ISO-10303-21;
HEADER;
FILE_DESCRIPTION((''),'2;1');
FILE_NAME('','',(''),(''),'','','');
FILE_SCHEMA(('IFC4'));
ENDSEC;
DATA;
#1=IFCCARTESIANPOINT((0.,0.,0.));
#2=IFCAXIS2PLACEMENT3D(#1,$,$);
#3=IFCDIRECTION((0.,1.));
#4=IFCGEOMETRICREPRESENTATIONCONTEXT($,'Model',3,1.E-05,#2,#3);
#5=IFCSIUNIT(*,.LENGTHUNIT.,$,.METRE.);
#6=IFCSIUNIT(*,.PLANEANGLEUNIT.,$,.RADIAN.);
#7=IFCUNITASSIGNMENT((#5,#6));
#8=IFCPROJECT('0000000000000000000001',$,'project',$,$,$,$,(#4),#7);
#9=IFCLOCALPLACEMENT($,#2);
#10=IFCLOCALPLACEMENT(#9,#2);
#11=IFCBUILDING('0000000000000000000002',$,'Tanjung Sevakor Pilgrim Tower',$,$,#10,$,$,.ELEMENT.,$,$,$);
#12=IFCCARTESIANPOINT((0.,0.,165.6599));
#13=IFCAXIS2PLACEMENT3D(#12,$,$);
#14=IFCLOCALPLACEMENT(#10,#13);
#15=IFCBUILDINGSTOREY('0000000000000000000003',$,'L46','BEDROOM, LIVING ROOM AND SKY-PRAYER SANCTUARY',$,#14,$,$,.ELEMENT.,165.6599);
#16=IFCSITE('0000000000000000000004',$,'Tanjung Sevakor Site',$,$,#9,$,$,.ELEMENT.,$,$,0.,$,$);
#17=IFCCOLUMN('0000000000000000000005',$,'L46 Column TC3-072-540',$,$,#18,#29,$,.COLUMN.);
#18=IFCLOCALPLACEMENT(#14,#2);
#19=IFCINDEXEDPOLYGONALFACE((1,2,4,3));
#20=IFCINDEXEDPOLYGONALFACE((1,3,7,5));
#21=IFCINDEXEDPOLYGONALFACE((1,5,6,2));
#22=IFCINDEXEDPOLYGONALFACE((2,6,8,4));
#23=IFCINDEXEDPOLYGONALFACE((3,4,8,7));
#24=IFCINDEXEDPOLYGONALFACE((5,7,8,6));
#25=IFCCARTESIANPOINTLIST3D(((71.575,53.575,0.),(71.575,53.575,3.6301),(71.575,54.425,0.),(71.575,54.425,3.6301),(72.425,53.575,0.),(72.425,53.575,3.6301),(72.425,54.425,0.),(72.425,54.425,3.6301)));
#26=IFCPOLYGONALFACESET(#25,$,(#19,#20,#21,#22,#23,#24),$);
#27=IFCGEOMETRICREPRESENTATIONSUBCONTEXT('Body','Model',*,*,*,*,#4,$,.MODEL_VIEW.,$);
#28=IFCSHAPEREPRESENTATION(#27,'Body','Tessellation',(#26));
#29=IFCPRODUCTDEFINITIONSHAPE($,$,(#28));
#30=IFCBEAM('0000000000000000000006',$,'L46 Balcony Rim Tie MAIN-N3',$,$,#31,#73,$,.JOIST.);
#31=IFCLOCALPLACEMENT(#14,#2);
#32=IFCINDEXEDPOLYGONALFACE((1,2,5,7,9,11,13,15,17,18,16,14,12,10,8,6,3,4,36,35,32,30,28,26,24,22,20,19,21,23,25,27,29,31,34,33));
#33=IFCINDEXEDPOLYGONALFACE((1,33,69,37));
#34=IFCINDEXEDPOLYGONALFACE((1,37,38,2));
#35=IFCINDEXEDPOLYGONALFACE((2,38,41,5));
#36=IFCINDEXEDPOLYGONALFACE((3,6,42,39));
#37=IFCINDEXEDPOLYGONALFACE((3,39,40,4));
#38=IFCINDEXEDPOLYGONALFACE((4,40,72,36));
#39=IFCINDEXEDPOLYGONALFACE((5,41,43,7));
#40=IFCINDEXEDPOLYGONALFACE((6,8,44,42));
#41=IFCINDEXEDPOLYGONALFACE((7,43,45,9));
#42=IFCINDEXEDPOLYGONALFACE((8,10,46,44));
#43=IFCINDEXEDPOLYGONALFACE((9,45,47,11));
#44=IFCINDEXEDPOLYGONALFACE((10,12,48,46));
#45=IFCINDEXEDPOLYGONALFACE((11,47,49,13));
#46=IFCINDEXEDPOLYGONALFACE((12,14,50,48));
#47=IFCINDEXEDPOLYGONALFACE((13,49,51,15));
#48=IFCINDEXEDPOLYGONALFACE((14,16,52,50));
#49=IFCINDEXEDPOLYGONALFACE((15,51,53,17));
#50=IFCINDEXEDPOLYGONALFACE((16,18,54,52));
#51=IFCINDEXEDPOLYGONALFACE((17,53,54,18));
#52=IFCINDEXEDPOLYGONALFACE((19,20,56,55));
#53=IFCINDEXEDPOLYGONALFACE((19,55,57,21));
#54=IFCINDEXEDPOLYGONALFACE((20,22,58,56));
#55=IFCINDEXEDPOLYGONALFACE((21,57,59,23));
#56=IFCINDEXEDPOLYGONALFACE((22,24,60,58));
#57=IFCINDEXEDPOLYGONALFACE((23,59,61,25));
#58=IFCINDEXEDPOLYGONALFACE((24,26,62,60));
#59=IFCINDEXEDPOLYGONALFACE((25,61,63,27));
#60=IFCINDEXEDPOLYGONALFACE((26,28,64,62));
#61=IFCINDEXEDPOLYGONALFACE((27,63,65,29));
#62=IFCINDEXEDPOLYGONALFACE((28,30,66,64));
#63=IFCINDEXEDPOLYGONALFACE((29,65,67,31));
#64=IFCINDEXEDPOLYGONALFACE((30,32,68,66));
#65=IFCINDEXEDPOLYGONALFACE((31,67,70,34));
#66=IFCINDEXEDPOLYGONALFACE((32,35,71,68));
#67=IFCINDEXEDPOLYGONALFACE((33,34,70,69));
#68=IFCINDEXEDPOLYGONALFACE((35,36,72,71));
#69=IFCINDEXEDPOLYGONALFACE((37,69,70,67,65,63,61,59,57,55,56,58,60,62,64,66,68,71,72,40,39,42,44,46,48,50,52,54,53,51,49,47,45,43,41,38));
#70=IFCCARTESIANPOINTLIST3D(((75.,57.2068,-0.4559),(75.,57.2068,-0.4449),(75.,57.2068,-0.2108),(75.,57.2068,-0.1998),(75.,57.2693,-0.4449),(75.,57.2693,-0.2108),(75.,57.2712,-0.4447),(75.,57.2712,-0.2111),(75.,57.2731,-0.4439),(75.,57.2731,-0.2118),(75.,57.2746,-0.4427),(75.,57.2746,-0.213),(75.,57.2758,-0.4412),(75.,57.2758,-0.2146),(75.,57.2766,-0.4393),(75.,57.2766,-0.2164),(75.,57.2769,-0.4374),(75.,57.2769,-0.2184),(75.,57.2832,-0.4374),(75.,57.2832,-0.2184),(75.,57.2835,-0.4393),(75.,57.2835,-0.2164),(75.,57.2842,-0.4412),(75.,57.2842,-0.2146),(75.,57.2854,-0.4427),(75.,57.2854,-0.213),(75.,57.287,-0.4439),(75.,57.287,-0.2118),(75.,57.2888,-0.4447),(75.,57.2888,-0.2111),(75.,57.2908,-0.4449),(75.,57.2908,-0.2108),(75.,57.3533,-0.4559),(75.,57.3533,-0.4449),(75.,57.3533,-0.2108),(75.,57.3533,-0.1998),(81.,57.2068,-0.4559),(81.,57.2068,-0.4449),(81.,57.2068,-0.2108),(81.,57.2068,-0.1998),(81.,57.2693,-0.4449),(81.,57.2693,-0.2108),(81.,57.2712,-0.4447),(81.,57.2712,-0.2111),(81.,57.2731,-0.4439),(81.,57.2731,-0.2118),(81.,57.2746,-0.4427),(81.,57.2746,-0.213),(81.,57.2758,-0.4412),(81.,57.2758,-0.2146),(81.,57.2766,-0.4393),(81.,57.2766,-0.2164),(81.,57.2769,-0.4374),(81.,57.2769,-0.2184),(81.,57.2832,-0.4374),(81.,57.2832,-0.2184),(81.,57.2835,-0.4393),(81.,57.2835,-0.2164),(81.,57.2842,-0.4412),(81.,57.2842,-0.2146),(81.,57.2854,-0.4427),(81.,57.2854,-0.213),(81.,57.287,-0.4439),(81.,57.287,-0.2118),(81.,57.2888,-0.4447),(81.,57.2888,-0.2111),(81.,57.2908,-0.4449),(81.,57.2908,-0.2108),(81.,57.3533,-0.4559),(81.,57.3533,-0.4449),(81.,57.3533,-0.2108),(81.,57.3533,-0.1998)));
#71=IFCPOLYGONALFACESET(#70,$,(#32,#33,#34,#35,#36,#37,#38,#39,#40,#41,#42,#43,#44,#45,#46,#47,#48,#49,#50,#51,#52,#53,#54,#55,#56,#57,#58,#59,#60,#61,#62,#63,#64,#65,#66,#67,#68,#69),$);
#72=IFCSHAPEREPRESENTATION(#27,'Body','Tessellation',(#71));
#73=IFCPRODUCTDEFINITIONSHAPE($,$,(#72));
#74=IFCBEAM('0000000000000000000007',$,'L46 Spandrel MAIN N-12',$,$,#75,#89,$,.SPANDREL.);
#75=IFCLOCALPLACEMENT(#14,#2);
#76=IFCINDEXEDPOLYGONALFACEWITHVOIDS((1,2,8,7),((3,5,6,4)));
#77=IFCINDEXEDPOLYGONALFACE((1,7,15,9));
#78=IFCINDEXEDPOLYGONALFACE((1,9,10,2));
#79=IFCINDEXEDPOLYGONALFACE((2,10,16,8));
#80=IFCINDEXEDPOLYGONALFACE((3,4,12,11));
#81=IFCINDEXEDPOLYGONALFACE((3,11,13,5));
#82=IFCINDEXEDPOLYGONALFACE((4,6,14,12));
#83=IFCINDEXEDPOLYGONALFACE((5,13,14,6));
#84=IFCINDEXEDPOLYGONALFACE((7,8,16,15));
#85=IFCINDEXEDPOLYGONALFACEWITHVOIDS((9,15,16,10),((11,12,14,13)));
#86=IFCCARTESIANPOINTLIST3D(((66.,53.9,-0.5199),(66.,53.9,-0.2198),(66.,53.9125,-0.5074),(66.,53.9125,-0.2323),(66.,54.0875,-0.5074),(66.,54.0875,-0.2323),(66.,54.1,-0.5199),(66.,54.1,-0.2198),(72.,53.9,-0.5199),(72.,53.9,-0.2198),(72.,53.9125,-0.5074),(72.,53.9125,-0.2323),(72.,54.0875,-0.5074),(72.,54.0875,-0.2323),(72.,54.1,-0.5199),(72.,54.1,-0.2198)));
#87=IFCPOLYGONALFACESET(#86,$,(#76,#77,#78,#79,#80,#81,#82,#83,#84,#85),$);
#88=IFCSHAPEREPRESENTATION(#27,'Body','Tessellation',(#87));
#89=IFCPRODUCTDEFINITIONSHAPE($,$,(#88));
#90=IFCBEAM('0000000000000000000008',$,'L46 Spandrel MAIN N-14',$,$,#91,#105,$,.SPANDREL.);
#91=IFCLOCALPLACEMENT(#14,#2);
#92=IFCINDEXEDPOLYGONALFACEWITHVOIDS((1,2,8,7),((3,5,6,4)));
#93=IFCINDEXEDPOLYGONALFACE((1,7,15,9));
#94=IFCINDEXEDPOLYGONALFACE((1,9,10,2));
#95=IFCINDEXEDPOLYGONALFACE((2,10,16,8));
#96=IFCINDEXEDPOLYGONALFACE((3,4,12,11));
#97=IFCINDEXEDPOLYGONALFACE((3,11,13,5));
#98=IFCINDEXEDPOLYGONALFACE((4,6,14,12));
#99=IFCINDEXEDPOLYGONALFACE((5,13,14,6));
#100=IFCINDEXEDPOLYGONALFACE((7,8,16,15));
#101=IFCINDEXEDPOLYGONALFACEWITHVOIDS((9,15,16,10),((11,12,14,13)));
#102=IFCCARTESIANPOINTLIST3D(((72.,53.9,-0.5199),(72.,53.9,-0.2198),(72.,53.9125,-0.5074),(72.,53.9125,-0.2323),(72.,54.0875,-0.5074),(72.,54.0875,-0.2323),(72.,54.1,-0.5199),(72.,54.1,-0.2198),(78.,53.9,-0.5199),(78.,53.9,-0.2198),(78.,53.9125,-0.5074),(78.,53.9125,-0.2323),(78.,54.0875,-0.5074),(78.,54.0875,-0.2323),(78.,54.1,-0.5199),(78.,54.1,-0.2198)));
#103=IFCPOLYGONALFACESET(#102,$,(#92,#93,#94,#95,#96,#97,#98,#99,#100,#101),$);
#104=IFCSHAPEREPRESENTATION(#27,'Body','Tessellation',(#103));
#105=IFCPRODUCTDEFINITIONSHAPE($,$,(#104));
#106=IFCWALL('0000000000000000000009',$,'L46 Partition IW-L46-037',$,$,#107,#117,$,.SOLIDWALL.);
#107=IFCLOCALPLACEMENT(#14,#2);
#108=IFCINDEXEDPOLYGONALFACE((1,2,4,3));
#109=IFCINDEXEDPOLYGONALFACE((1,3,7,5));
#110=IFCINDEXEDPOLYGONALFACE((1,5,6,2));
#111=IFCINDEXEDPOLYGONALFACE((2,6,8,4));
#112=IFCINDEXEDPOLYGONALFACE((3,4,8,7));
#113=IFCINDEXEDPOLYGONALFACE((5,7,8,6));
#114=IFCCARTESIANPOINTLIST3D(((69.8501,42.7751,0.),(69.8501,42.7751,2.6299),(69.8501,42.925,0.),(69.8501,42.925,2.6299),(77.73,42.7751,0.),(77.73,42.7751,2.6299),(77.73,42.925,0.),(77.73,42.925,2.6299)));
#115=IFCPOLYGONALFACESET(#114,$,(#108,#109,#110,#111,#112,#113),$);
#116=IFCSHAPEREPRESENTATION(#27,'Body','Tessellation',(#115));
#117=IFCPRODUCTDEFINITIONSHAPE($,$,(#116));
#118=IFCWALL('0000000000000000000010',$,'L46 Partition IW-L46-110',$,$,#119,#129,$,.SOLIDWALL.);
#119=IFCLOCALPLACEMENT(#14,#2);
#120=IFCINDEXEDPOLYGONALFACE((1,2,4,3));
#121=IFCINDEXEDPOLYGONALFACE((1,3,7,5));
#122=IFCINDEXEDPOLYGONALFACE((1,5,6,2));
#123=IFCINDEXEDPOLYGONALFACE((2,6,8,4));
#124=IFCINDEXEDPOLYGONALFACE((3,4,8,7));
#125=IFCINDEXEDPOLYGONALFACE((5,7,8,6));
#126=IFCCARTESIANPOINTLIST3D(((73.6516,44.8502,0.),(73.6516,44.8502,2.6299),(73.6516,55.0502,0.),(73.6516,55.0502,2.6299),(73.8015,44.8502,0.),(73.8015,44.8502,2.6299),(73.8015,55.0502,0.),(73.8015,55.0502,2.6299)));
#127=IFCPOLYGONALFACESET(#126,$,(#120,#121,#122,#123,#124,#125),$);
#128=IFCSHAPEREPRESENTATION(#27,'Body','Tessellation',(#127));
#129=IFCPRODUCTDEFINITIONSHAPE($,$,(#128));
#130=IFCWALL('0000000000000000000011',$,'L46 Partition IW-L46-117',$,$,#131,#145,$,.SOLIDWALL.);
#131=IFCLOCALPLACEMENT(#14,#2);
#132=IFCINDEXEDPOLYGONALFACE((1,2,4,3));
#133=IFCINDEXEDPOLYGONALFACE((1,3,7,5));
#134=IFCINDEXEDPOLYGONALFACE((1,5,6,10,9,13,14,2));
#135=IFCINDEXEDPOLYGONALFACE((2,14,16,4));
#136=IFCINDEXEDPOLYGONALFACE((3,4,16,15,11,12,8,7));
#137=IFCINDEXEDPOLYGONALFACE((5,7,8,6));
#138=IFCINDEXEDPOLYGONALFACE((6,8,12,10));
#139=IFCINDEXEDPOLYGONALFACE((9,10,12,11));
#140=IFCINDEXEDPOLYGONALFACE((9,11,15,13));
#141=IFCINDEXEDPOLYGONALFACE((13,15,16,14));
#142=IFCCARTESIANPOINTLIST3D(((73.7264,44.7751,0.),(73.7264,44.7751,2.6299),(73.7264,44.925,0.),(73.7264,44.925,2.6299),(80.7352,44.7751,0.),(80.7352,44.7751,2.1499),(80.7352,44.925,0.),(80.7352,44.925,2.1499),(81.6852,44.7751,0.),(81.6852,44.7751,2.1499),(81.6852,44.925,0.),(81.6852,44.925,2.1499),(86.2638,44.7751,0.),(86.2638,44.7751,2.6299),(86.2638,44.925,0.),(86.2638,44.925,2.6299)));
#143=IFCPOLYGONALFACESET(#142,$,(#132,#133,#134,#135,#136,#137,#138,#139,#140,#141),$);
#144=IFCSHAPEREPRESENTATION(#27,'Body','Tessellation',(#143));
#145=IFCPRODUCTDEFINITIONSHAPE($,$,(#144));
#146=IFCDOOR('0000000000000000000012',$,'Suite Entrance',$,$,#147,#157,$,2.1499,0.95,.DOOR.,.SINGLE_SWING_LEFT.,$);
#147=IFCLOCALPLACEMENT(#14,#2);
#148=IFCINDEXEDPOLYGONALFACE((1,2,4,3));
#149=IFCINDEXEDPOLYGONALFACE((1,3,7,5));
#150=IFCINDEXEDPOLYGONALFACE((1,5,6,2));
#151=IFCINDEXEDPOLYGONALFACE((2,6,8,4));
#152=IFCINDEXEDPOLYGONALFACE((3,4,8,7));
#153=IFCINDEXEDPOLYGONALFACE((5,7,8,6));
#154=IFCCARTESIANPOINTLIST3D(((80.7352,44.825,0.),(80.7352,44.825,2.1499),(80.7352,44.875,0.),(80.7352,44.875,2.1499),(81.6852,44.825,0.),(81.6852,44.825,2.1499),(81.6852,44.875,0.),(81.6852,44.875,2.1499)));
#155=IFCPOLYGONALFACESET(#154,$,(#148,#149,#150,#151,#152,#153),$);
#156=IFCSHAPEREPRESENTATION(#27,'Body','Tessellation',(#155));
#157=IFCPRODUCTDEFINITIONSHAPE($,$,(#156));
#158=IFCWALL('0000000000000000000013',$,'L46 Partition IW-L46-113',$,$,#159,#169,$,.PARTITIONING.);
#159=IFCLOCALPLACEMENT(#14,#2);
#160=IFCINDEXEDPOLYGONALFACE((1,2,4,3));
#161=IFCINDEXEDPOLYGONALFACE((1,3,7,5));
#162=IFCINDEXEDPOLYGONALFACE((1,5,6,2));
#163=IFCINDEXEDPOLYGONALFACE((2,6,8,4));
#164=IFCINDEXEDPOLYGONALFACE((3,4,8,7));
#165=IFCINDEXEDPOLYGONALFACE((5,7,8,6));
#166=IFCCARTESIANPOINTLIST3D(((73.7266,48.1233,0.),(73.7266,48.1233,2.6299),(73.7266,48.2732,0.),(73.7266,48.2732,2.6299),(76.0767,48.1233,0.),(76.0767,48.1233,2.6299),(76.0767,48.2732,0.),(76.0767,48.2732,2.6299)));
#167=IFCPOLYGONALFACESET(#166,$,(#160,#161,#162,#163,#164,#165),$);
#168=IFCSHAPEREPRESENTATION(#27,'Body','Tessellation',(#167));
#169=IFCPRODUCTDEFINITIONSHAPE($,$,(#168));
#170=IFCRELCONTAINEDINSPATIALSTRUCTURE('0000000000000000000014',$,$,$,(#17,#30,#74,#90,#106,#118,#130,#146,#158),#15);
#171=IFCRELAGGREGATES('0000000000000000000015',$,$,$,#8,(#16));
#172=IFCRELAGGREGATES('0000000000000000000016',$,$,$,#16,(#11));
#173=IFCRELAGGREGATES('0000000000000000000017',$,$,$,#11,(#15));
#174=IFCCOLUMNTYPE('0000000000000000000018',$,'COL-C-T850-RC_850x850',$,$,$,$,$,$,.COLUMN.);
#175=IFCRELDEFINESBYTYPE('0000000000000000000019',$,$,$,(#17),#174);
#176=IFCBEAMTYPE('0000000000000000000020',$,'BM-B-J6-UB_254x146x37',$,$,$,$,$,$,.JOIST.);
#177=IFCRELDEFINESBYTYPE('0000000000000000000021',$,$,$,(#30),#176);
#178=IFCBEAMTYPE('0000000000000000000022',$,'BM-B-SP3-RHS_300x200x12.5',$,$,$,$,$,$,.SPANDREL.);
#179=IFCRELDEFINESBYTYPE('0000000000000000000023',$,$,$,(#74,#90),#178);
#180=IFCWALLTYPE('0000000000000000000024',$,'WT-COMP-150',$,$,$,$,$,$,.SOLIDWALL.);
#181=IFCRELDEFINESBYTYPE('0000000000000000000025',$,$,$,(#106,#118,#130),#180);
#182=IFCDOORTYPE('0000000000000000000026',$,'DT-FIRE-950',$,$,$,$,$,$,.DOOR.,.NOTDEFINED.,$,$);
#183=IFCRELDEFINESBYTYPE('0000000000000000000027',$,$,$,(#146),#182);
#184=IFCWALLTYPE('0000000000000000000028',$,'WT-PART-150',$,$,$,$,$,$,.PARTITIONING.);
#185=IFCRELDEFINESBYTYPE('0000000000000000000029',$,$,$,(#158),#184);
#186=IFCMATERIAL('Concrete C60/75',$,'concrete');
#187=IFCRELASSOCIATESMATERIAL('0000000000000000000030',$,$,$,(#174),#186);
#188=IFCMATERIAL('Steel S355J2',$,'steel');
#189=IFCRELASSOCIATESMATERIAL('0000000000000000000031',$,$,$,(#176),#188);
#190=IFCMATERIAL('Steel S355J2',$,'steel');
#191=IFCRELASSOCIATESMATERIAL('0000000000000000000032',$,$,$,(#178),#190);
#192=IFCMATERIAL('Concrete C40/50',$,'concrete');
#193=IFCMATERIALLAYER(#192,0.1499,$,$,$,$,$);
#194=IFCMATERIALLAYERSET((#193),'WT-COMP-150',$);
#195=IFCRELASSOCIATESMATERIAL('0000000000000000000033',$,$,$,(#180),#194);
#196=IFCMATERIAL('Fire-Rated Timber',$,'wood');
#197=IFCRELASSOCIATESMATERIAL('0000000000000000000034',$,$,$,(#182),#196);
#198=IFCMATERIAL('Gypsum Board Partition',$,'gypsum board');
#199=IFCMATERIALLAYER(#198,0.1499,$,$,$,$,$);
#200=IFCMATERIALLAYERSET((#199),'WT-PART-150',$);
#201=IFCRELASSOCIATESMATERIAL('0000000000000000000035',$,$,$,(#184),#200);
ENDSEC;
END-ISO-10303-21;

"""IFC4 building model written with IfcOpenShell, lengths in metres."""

from ifc_helpers import new_model, si_unit, direction, frame, frame_2d, origin, origin_2d, place, context, subcontext, project, spatial, rectangle, hollow_rectangle, i_section, extrude, material, layer, layer_set, material_profile, profile_set, type_object, element, fill, save


model = new_model("IFC4")

# Units and contexts
model_context = context("Model", 3, precision=1e-05, world=origin(), true_north=direction((0.0, 1.0)))
body_context = subcontext(model_context, "Body", "Model", "MODEL_VIEW")
ifc_project = project(units=[si_unit("LENGTHUNIT", "METRE"), si_unit("PLANEANGLEUNIT", "RADIAN")], contexts=[model_context])

# Site, building, storey
site_placement = place(None, origin())
site = spatial("IfcSite", under=ifc_project, at=site_placement, Name="Tanjung Sevakor Site", CompositionType="ELEMENT", RefElevation=0.0)
building_placement = place(site_placement, origin())
building = spatial("IfcBuilding", under=site, at=building_placement, Name="Tanjung Sevakor Pilgrim Tower", CompositionType="ELEMENT")
storey_placement = place(building_placement, frame((0.0, 0.0, 165.6599)))
storey = spatial("IfcBuildingStorey", under=building, at=storey_placement, Name="L46", Description="BEDROOM, LIVING ROOM AND SKY-PRAYER SANCTUARY", CompositionType="ELEMENT", Elevation=165.6599)

# Column
ifc_material_1 = material(Name="Concrete C60/75", Category="concrete")
ifc_material_profile_1 = material_profile(ifc_material_1, rectangle(XDim=0.8501, YDim=0.8501, at=origin_2d()))
ifc_profile_set_1 = profile_set([ifc_material_profile_1], Name="Concrete C60/75")
column_type = type_object("IfcColumnType", Name="COL-C-T850-RC_850x850", PredefinedType="COLUMN", material=ifc_profile_set_1)
column_placement = place(storey_placement, frame((72.0, 54.0, 0.0), z_axis=(0.0, 0.0, 1.0), x_axis=(1.0, 0.0, 0.0)))
element("IfcColumn", 1, at=column_placement, inside=storey, type_object=column_type, Name="L46 Column TC3-072-540", PredefinedType="COLUMN", context=body_context, shape_type="SweptSolid", body=[
    extrude(rectangle(XDim=0.8501, YDim=0.8501, at=origin_2d()), origin(), (0.0, 0.0, 1.0), 3.6301),
])

# Beams
ifc_material_2 = material(Name="Steel S355J2", Category="steel")
ifc_material_profile_2 = material_profile(ifc_material_2, i_section(OverallWidth=0.1465, OverallDepth=0.2561, WebThickness=0.0063, FlangeThickness=0.011, FilletRadius=0.0076, at=origin_2d()))
ifc_profile_set_2 = profile_set([ifc_material_profile_2], Name="Steel S355J2")
beam_type_1 = type_object("IfcBeamType", Name="BM-B-J6-UB_254x146x37", PredefinedType="JOIST", material=ifc_profile_set_2)
beam_placement = place(storey_placement, frame((75.0, 57.28, -0.3279), z_axis=(1.0, 0.0, 0.0), x_axis=(0.0, 1.0, 0.0)))
element("IfcBeam", 2, at=beam_placement, inside=storey, type_object=beam_type_1, Name="L46 Balcony Rim Tie MAIN-N3", PredefinedType="JOIST", context=body_context, shape_type="SweptSolid", body=[
    extrude(i_section(OverallWidth=0.1465, OverallDepth=0.2561, WebThickness=0.0063, FlangeThickness=0.011, FilletRadius=0.0076, at=origin_2d()), origin(), (0.0, 0.0, 1.0), 6.0),
])
ifc_material_3 = material(Name="Steel S355J2", Category="steel")
ifc_material_profile_3 = material_profile(ifc_material_3, hollow_rectangle(XDim=0.2, YDim=0.3, WallThickness=0.0125, at=origin_2d()))
ifc_profile_set_3 = profile_set([ifc_material_profile_3], Name="Steel S355J2")
beam_type_2 = type_object("IfcBeamType", Name="BM-B-SP3-RHS_300x200x12.5", PredefinedType="SPANDREL", material=ifc_profile_set_3)
for number, where, z_axis, x_axis, name in (
    (3, (66.0, 54.0, -0.3699), (1.0, 0.0, 0.0), (0.0, 1.0, 0.0), "L46 Spandrel MAIN N-12"),
    (4, (72.0, 54.0, -0.3699), (1.0, 0.0, 0.0), (0.0, 1.0, 0.0), "L46 Spandrel MAIN N-14"),
):
    element("IfcBeam", number, at=place(storey_placement, frame(where, z_axis=z_axis, x_axis=x_axis)), inside=storey, type_object=beam_type_2, Name=name, PredefinedType="SPANDREL", context=body_context, shape_type="SweptSolid", body=[
        extrude(hollow_rectangle(XDim=0.2, YDim=0.3, WallThickness=0.0125, at=origin_2d()), origin(), (0.0, 0.0, 1.0), 6.0),
    ])

# Walls
ifc_material_4 = material(Name="Concrete C40/50", Category="concrete")
ifc_layer_1 = layer(ifc_material_4, 0.1499)
ifc_layer_set_1 = layer_set([ifc_layer_1], Name="WT-COMP-150")
wall_type_1 = type_object("IfcWallType", Name="WT-COMP-150", PredefinedType="SOLIDWALL", material=ifc_layer_set_1)
wall_1_placement = place(storey_placement, frame((69.8501, 42.8501, 0.0), z_axis=(0.0, 0.0, 1.0), x_axis=(1.0, 0.0, 0.0)))
element("IfcWall", 5, at=wall_1_placement, inside=storey, type_object=wall_type_1, Name="L46 Partition IW-L46-037", PredefinedType="SOLIDWALL", context=body_context, shape_type="SweptSolid", body=[
    extrude(rectangle(XDim=7.8799, YDim=0.1499, at=frame_2d((3.9399, 0.0))), origin(), (0.0, 0.0, 1.0), 2.6299),
])
wall_2_placement = place(storey_placement, frame((73.7266, 44.8501, 0.0), z_axis=(0.0, 0.0, 1.0), x_axis=(0.0, 1.0, 0.0)))
element("IfcWall", 6, at=wall_2_placement, inside=storey, type_object=wall_type_1, Name="L46 Partition IW-L46-110", PredefinedType="SOLIDWALL", context=body_context, shape_type="SweptSolid", body=[
    extrude(rectangle(XDim=10.2, YDim=0.1499, at=frame_2d((5.1001, 0.0))), origin(), (0.0, 0.0, 1.0), 2.6299),
])

# Wall, opening, door
wall_3_placement = place(storey_placement, frame((73.7266, 44.8501, 0.0), z_axis=(0.0, 0.0, 1.0), x_axis=(1.0, 0.0, 0.0)))
wall_3 = element("IfcWall", 7, at=wall_3_placement, inside=storey, type_object=wall_type_1, Name="L46 Partition IW-L46-117", PredefinedType="SOLIDWALL", context=body_context, shape_type="SweptSolid", body=[
    extrude(rectangle(XDim=12.5374, YDim=0.1499, at=frame_2d((6.2686, 0.0))), origin(), (0.0, 0.0, 1.0), 2.6299),
])
opening_1_placement = place(wall_3_placement, frame((7.0085, 0.0, 0.0)))
opening_1 = element("IfcOpeningElement", 8, at=opening_1_placement, cuts=wall_3, PredefinedType="OPENING", context=body_context, shape_type="SweptSolid", body=[
    extrude(rectangle(XDim=0.95, YDim=2.1499, at=frame_2d((0.4751, 1.075))), frame((0.0, 0.085, 0.0), z_axis=(0.0, -1.0, 0.0), x_axis=(1.0, 0.0, 0.0)), (0.0, 0.0, 1.0), 0.1699),
])
ifc_material_5 = material(Name="Fire-Rated Timber", Category="wood")
door_type_1 = type_object("IfcDoorType", Name="DT-FIRE-950", OperationType="NOTDEFINED", PredefinedType="DOOR", material=ifc_material_5)
door_1_placement = place(opening_1_placement, origin())
door_1 = element("IfcDoor", 9, at=door_1_placement, inside=storey, type_object=door_type_1, Name="Suite Entrance", OperationType="SINGLE_SWING_LEFT", OverallHeight=2.1499, OverallWidth=0.95, PredefinedType="DOOR", context=body_context, shape_type="SweptSolid", body=[
    extrude(rectangle(XDim=0.95, YDim=2.1499, at=frame_2d((0.4751, 1.075))), frame((0.0, 0.0249, 0.0), z_axis=(0.0, -1.0, 0.0), x_axis=(1.0, 0.0, 0.0)), (0.0, 0.0, 1.0), 0.05),
])
fill(opening_1, door_1)

# Wall
ifc_material_6 = material(Name="Gypsum Board Partition", Category="gypsum board")
ifc_layer_2 = layer(ifc_material_6, 0.1499)
ifc_layer_set_2 = layer_set([ifc_layer_2], Name="WT-PART-150")
wall_type_2 = type_object("IfcWallType", Name="WT-PART-150", PredefinedType="PARTITIONING", material=ifc_layer_set_2)
wall_4_placement = place(storey_placement, frame((73.7266, 48.1982, 0.0), z_axis=(0.0, 0.0, 1.0), x_axis=(1.0, 0.0, 0.0)))
element("IfcWall", 10, at=wall_4_placement, inside=storey, type_object=wall_type_2, Name="L46 Partition IW-L46-113", PredefinedType="PARTITIONING", context=body_context, shape_type="SweptSolid", body=[
    extrude(rectangle(XDim=2.3501, YDim=0.1499, at=frame_2d((1.175, 0.0))), origin(), (0.0, 0.0, 1.0), 2.6299),
])

save(model, "model.ifc")
